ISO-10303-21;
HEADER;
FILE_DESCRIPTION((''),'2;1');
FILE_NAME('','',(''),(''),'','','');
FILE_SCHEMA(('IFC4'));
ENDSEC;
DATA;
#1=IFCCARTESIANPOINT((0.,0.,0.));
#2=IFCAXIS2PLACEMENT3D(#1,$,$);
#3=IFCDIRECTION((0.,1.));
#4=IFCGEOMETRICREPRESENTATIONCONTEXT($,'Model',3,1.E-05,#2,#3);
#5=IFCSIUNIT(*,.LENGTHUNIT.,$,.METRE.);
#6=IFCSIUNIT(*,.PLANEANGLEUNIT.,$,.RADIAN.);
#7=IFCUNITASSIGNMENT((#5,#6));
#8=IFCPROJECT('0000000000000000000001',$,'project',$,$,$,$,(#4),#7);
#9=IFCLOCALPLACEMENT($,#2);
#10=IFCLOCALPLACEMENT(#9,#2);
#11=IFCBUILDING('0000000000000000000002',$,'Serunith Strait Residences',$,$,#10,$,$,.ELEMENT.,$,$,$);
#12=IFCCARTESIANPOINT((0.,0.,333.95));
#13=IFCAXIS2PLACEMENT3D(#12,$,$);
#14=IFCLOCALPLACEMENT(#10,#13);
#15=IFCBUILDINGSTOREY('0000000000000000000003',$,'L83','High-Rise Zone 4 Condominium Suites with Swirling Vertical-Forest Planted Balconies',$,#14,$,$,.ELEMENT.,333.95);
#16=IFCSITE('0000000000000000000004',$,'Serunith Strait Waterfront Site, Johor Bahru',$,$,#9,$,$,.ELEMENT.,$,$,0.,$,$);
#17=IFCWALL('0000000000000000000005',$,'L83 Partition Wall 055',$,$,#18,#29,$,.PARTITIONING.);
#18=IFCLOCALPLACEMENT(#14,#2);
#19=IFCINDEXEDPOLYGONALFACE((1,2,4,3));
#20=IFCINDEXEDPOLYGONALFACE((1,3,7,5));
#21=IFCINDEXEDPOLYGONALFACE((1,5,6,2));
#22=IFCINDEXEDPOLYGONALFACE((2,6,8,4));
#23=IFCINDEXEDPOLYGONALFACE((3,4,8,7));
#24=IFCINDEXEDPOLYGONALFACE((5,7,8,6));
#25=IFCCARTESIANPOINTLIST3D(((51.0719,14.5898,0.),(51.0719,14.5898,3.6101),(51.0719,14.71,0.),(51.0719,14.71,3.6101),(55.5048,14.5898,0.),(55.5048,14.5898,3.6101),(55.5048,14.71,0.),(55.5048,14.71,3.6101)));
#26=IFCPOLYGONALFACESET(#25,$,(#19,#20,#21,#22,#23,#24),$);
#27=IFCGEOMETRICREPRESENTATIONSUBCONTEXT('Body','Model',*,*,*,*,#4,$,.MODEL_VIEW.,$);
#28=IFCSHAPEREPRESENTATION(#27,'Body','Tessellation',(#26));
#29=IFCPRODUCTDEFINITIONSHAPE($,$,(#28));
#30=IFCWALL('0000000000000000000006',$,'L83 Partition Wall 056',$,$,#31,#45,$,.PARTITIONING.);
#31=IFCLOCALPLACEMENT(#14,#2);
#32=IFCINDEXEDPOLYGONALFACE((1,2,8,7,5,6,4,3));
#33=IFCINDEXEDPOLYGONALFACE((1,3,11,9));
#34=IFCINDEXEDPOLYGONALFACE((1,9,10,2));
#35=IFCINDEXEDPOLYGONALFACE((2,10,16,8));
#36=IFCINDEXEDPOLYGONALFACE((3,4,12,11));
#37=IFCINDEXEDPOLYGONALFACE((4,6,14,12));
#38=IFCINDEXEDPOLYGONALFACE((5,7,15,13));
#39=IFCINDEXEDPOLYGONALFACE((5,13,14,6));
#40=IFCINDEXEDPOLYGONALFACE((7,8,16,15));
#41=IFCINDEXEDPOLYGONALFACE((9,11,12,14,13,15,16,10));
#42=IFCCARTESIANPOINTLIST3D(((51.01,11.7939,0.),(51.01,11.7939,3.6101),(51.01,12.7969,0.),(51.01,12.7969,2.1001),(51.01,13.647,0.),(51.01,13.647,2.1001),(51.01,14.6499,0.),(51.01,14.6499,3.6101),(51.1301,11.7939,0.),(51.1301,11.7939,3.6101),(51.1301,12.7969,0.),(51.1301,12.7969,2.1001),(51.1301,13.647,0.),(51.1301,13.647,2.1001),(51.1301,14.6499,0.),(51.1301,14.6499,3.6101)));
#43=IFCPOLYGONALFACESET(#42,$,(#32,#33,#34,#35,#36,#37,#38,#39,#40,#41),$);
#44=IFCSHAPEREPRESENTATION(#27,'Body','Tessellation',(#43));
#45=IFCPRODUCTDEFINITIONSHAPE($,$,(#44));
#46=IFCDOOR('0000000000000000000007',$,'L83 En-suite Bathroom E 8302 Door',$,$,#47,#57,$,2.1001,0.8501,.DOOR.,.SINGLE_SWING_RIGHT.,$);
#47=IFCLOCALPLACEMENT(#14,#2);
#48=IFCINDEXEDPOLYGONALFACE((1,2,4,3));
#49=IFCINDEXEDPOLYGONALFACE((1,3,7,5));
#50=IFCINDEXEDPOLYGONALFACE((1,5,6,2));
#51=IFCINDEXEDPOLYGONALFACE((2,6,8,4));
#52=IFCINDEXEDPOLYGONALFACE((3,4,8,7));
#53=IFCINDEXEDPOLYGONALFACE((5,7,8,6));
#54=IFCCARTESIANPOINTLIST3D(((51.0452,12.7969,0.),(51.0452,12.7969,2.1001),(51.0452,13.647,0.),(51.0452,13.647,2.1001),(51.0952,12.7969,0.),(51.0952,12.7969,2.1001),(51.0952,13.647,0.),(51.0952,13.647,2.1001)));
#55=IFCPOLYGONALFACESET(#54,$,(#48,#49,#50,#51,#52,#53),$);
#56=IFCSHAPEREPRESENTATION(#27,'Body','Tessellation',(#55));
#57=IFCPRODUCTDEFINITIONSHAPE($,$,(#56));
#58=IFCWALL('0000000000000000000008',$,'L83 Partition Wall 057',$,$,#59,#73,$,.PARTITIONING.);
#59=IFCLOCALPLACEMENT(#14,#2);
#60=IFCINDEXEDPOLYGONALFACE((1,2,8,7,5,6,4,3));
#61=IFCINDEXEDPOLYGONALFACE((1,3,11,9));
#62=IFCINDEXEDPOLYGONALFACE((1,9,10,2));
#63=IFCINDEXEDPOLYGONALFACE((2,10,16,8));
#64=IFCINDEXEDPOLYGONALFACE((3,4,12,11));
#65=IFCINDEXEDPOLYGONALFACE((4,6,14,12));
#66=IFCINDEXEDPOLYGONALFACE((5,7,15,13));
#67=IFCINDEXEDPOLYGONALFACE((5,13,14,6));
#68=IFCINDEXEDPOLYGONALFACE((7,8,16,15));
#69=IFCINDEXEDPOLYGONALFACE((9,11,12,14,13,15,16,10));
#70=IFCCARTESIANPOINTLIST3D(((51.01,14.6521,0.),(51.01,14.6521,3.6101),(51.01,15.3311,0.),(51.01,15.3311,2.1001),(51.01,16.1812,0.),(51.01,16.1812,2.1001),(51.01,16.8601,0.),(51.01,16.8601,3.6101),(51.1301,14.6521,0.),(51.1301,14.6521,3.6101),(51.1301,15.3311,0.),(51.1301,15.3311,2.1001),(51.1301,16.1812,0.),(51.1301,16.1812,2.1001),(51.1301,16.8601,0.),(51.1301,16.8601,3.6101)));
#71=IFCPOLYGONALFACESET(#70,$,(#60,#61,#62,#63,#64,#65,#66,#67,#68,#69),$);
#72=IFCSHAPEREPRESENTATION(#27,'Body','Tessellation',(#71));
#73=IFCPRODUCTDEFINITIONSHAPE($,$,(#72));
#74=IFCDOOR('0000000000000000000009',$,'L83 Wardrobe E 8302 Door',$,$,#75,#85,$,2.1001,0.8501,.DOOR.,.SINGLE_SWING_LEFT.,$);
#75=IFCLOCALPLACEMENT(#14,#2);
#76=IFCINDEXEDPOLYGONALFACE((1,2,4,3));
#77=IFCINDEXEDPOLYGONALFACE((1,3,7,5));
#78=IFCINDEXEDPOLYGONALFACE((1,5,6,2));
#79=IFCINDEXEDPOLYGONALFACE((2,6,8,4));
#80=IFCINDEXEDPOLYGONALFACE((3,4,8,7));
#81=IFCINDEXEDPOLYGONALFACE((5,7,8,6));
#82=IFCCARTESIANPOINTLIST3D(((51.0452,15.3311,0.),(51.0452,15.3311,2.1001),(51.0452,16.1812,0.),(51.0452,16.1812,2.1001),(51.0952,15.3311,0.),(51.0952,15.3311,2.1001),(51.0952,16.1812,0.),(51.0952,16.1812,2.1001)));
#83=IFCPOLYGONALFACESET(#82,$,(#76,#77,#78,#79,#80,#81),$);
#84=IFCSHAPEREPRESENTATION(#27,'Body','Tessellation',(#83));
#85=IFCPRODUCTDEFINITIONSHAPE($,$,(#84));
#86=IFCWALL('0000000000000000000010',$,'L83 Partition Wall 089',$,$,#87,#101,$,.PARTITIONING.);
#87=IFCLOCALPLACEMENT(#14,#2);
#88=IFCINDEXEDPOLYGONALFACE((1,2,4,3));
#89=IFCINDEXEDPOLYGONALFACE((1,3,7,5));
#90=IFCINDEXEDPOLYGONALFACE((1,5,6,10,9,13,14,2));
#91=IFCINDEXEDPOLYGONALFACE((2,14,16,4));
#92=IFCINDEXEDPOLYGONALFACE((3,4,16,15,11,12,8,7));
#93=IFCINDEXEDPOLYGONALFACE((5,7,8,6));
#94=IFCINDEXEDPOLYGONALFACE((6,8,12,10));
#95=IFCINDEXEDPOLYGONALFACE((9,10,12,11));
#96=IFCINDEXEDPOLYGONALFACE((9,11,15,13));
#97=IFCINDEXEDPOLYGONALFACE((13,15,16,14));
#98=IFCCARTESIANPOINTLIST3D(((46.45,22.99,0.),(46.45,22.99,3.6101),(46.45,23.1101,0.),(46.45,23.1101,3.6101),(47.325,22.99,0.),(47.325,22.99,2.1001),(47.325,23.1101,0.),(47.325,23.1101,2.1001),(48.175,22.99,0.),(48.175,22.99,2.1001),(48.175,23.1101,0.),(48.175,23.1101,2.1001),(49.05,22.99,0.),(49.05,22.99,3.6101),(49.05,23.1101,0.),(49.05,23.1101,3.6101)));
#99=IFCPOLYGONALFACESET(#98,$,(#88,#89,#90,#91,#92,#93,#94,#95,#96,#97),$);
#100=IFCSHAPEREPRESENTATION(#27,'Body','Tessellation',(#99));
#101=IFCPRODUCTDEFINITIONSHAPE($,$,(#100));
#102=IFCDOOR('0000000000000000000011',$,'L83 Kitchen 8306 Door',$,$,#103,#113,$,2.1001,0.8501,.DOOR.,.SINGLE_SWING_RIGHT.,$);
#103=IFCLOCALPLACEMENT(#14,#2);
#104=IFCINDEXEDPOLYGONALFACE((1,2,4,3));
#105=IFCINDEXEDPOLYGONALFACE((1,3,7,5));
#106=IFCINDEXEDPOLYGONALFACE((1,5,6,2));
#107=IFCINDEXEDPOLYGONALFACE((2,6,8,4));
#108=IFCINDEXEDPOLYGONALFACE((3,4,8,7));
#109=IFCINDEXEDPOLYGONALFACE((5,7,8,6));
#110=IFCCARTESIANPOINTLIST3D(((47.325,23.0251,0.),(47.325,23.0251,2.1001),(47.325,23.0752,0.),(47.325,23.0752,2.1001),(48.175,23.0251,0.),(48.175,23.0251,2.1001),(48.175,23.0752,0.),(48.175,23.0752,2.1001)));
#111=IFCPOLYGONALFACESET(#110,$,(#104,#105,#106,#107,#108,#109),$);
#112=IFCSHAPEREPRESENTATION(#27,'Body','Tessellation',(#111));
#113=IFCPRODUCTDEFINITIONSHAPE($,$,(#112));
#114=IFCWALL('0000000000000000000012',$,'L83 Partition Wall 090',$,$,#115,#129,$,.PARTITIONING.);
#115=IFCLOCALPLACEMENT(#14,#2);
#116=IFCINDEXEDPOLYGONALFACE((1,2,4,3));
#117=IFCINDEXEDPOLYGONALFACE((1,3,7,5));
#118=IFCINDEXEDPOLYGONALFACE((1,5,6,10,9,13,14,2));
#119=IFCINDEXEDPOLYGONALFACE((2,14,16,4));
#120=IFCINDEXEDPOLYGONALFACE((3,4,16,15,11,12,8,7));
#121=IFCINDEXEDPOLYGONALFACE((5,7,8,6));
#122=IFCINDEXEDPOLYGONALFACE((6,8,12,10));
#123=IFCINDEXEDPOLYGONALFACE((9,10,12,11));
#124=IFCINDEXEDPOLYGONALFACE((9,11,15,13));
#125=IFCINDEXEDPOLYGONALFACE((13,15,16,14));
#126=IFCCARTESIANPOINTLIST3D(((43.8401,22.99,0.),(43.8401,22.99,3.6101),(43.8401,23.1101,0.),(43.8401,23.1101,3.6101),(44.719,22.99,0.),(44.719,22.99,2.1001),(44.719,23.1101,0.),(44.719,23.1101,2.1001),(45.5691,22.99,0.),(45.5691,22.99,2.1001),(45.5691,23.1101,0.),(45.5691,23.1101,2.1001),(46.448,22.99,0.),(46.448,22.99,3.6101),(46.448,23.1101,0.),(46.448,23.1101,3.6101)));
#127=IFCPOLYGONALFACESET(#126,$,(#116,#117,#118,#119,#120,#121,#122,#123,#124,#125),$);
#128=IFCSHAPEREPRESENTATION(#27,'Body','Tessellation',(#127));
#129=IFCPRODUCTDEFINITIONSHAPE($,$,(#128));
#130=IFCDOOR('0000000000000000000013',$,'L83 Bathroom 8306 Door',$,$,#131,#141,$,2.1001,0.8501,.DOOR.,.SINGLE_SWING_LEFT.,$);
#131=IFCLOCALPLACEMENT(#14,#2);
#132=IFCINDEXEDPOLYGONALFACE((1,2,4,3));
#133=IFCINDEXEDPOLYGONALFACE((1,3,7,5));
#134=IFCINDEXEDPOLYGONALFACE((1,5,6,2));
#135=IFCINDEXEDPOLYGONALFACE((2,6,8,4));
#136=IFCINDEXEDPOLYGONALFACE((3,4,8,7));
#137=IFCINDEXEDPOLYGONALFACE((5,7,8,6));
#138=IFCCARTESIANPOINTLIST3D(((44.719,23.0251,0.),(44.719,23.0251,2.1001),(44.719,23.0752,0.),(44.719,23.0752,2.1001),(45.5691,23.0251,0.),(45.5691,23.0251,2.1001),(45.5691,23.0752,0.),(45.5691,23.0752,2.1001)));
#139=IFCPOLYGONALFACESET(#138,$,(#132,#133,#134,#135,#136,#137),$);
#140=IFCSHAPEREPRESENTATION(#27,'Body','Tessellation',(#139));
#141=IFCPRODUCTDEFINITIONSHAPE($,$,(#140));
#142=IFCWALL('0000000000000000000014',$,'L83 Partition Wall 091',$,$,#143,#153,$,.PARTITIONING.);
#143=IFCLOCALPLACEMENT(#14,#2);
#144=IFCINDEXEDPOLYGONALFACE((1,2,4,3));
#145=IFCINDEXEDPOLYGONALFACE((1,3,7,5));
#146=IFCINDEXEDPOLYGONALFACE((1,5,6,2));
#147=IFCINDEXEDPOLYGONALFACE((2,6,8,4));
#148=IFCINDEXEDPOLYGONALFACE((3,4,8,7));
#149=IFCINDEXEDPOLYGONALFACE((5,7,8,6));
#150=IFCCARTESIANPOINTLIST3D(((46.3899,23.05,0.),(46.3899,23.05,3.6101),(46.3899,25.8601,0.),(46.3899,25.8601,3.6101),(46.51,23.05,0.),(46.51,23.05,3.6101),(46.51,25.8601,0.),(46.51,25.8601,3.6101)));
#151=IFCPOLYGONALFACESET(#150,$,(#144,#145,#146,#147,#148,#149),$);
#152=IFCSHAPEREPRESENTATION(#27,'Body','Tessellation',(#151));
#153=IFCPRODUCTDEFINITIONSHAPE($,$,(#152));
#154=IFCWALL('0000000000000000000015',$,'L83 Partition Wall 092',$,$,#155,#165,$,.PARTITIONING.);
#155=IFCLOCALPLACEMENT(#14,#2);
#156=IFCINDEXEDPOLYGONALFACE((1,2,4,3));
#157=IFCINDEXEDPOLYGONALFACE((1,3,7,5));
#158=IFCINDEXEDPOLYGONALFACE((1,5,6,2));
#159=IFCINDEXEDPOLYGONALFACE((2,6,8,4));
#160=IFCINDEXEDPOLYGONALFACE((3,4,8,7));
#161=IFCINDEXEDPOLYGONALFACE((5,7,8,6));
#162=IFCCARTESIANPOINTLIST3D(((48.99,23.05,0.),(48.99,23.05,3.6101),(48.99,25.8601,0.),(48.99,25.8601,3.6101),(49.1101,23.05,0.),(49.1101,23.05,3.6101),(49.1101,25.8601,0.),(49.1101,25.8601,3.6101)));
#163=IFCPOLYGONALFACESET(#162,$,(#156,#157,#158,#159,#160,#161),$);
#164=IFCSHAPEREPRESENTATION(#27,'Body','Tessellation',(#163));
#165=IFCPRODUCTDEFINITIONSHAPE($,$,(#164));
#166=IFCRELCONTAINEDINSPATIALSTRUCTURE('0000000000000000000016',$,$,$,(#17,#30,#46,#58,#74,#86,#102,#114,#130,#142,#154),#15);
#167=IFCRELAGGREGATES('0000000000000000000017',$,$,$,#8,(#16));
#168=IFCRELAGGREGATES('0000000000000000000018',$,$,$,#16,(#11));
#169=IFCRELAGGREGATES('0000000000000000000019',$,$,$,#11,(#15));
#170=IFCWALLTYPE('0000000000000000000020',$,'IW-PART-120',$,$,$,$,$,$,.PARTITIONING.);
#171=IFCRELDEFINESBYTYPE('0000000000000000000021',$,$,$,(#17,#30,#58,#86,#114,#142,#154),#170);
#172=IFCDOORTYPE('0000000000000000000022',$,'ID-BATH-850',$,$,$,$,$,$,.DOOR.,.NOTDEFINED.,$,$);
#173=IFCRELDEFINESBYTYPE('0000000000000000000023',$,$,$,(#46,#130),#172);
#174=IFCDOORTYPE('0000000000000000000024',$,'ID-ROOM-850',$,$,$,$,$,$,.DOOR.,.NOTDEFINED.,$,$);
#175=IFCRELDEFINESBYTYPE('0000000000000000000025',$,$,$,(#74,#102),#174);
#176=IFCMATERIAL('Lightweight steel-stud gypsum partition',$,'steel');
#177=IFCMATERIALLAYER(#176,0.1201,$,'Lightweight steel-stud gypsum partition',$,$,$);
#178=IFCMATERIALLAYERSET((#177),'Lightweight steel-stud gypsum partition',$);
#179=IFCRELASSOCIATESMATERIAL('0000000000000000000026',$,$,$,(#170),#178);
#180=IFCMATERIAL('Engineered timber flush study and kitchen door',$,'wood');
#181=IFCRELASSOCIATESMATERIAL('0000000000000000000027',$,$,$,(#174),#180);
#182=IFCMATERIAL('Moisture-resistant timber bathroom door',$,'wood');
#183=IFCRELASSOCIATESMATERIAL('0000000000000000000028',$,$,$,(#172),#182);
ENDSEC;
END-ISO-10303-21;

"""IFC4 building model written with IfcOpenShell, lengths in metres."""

from ifc_helpers import new_model, si_unit, direction, frame, frame_2d, origin, place, context, subcontext, project, spatial, rectangle, extrude, source, transform, mapped, material, layer, layer_set, type_object, element, fill, save


model = new_model("IFC4")

# Units and contexts
model_context = context("Model", 3, precision=1e-05, world=origin(), true_north=direction((0.0, 1.0)))
body_context = subcontext(model_context, "Body", "Model", "MODEL_VIEW")
ifc_project = project(units=[si_unit("LENGTHUNIT", "METRE"), si_unit("PLANEANGLEUNIT", "RADIAN")], contexts=[model_context])

# Site, building, storey
site_placement = place(None, origin())
site = spatial("IfcSite", under=ifc_project, at=site_placement, Name="Serunith Strait Waterfront Site, Johor Bahru", CompositionType="ELEMENT", RefElevation=0.0)
building_placement = place(site_placement, origin())
building = spatial("IfcBuilding", under=site, at=building_placement, Name="Serunith Strait Residences", CompositionType="ELEMENT")
storey_placement = place(building_placement, frame((0.0, 0.0, 333.95)))
storey = spatial("IfcBuildingStorey", under=building, at=storey_placement, Name="L83", Description="High-Rise Zone 4 Condominium Suites with Swirling Vertical-Forest Planted Balconies", CompositionType="ELEMENT", Elevation=333.95)

# Shared definitions
ifc_material_1 = material(Name="Lightweight steel-stud gypsum partition", Category="steel")
ifc_layer_1 = layer(ifc_material_1, 0.1201, Name="Lightweight steel-stud gypsum partition")
ifc_layer_set_1 = layer_set([ifc_layer_1], Name="Lightweight steel-stud gypsum partition")
wall_type = type_object("IfcWallType", Name="IW-PART-120", PredefinedType="PARTITIONING", material=ifc_layer_set_1)
ifc_material_2 = material(Name="Engineered timber flush study and kitchen door", Category="wood")
door_type_1 = type_object("IfcDoorType", Name="ID-ROOM-850", OperationType="NOTDEFINED", PredefinedType="DOOR", material=ifc_material_2)
shared_shape_1 = source(origin(), body_context, "Body", "SweptSolid", [
    extrude(rectangle(XDim=0.8501, YDim=2.1001, at=frame_2d((0.425, 1.05))), frame((0.0, 0.0249, 0.0), z_axis=(0.0, -1.0, 0.0), x_axis=(1.0, 0.0, 0.0)), (0.0, 0.0, 1.0), 0.05),
])

# Wall
wall_1_placement = place(storey_placement, frame((51.072, 14.6499, 0.0), z_axis=(0.0, 0.0, 1.0), x_axis=(1.0, 0.0, 0.0)))
element("IfcWall", 1, at=wall_1_placement, inside=storey, type_object=wall_type, Name="L83 Partition Wall 055", PredefinedType="PARTITIONING", context=body_context, shape_type="SweptSolid", body=[
    extrude(rectangle(XDim=4.4329, YDim=0.1201, at=frame_2d((2.2163, 0.0))), origin(), (0.0, 0.0, 1.0), 3.6101),
])

# Walls, openings, doors
wall_2_placement = place(storey_placement, frame((51.0701, 11.7939, 0.0), z_axis=(0.0, 0.0, 1.0), x_axis=(0.0, 1.0, 0.0)))
wall_2 = element("IfcWall", 2, at=wall_2_placement, inside=storey, type_object=wall_type, Name="L83 Partition Wall 056", PredefinedType="PARTITIONING", context=body_context, shape_type="SweptSolid", body=[
    extrude(rectangle(XDim=2.856, YDim=0.1201, at=frame_2d((1.428, 0.0))), origin(), (0.0, 0.0, 1.0), 3.6101),
])
opening_1_placement = place(wall_2_placement, frame((1.0029, 0.0, 0.0)))
opening_1 = element("IfcOpeningElement", 3, at=opening_1_placement, cuts=wall_2, PredefinedType="OPENING", context=body_context, shape_type="SweptSolid", body=[
    extrude(rectangle(XDim=0.8501, YDim=2.1001, at=frame_2d((0.425, 1.05))), frame((0.0, 0.0701, 0.0), z_axis=(0.0, -1.0, 0.0), x_axis=(1.0, 0.0, 0.0)), (0.0, 0.0, 1.0), 0.1401),
])
ifc_material_3 = material(Name="Moisture-resistant timber bathroom door", Category="wood")
door_type_2 = type_object("IfcDoorType", Name="ID-BATH-850", OperationType="NOTDEFINED", PredefinedType="DOOR", material=ifc_material_3)
door_1_placement = place(opening_1_placement, origin())
door_1 = element("IfcDoor", 4, at=door_1_placement, inside=storey, type_object=door_type_2, Name="L83 En-suite Bathroom E 8302 Door", OperationType="SINGLE_SWING_RIGHT", OverallHeight=2.1001, OverallWidth=0.8501, PredefinedType="DOOR", context=body_context, shape_type="MappedRepresentation", body=[
    mapped(shared_shape_1, transform((0.0, 0.0, 0.0), scale=1.0)),
])
fill(opening_1, door_1)
wall_3_placement = place(storey_placement, frame((51.0701, 14.6521, 0.0), z_axis=(0.0, 0.0, 1.0), x_axis=(0.0, 1.0, 0.0)))
wall_3 = element("IfcWall", 5, at=wall_3_placement, inside=storey, type_object=wall_type, Name="L83 Partition Wall 057", PredefinedType="PARTITIONING", context=body_context, shape_type="SweptSolid", body=[
    extrude(rectangle(XDim=2.208, YDim=0.1201, at=frame_2d((1.104, 0.0))), origin(), (0.0, 0.0, 1.0), 3.6101),
])
opening_2_placement = place(wall_3_placement, frame((0.679, 0.0, 0.0)))
opening_2 = element("IfcOpeningElement", 6, at=opening_2_placement, cuts=wall_3, PredefinedType="OPENING", context=body_context, shape_type="SweptSolid", body=[
    extrude(rectangle(XDim=0.8501, YDim=2.1001, at=frame_2d((0.425, 1.05))), frame((0.0, 0.0701, 0.0), z_axis=(0.0, -1.0, 0.0), x_axis=(1.0, 0.0, 0.0)), (0.0, 0.0, 1.0), 0.1401),
])
door_2_placement = place(opening_2_placement, origin())
door_2 = element("IfcDoor", 7, at=door_2_placement, inside=storey, type_object=door_type_1, Name="L83 Wardrobe E 8302 Door", OperationType="SINGLE_SWING_LEFT", OverallHeight=2.1001, OverallWidth=0.8501, PredefinedType="DOOR", context=body_context, shape_type="MappedRepresentation", body=[
    mapped(shared_shape_1, transform((0.0, 0.0, 0.0), scale=1.0)),
])
fill(opening_2, door_2)
wall_4_placement = place(storey_placement, frame((49.05, 23.05, 0.0), z_axis=(0.0, 0.0, 1.0), x_axis=(-1.0, 0.0, 0.0)))
wall_4 = element("IfcWall", 8, at=wall_4_placement, inside=storey, type_object=wall_type, Name="L83 Partition Wall 089", PredefinedType="PARTITIONING", context=body_context, shape_type="SweptSolid", body=[
    extrude(rectangle(XDim=2.6001, YDim=0.1201, at=frame_2d((1.3, 0.0))), origin(), (0.0, 0.0, 1.0), 3.6101),
])
opening_3_placement = place(wall_4_placement, frame((0.875, 0.0, 0.0)))
opening_3 = element("IfcOpeningElement", 9, at=opening_3_placement, cuts=wall_4, PredefinedType="OPENING", context=body_context, shape_type="SweptSolid", body=[
    extrude(rectangle(XDim=0.8501, YDim=2.1001, at=frame_2d((0.425, 1.05))), frame((0.0, 0.0701, 0.0), z_axis=(0.0, -1.0, 0.0), x_axis=(1.0, 0.0, 0.0)), (0.0, 0.0, 1.0), 0.1401),
])
door_3_placement = place(opening_3_placement, origin())
door_3 = element("IfcDoor", 10, at=door_3_placement, inside=storey, type_object=door_type_1, Name="L83 Kitchen 8306 Door", OperationType="SINGLE_SWING_RIGHT", OverallHeight=2.1001, OverallWidth=0.8501, PredefinedType="DOOR", context=body_context, shape_type="MappedRepresentation", body=[
    mapped(shared_shape_1, transform((0.0, 0.0, 0.0), scale=1.0)),
])
fill(opening_3, door_3)
wall_5_placement = place(storey_placement, frame((46.448, 23.05, 0.0), z_axis=(0.0, 0.0, 1.0), x_axis=(-1.0, 0.0, 0.0)))
wall_5 = element("IfcWall", 11, at=wall_5_placement, inside=storey, type_object=wall_type, Name="L83 Partition Wall 090", PredefinedType="PARTITIONING", context=body_context, shape_type="SweptSolid", body=[
    extrude(rectangle(XDim=2.6079, YDim=0.1201, at=frame_2d((1.304, 0.0))), origin(), (0.0, 0.0, 1.0), 3.6101),
])
opening_4_placement = place(wall_5_placement, frame((0.8789, 0.0, 0.0)))
opening_4 = element("IfcOpeningElement", 12, at=opening_4_placement, cuts=wall_5, PredefinedType="OPENING", context=body_context, shape_type="SweptSolid", body=[
    extrude(rectangle(XDim=0.8501, YDim=2.1001, at=frame_2d((0.425, 1.05))), frame((0.0, 0.0701, 0.0), z_axis=(0.0, -1.0, 0.0), x_axis=(1.0, 0.0, 0.0)), (0.0, 0.0, 1.0), 0.1401),
])
door_4_placement = place(opening_4_placement, origin())
door_4 = element("IfcDoor", 13, at=door_4_placement, inside=storey, type_object=door_type_2, Name="L83 Bathroom 8306 Door", OperationType="SINGLE_SWING_LEFT", OverallHeight=2.1001, OverallWidth=0.8501, PredefinedType="DOOR", context=body_context, shape_type="MappedRepresentation", body=[
    mapped(shared_shape_1, transform((0.0, 0.0, 0.0), scale=1.0)),
])
fill(opening_4, door_4)

# Walls
for number, where, z_axis, x_axis, name in (
    (14, (46.45, 23.05, 0.0), (0.0, 0.0, 1.0), (0.0, 1.0, 0.0), "L83 Partition Wall 091"),
    (15, (49.05, 23.05, 0.0), (0.0, 0.0, 1.0), (0.0, 1.0, 0.0), "L83 Partition Wall 092"),
):
    element("IfcWall", number, at=place(storey_placement, frame(where, z_axis=z_axis, x_axis=x_axis)), inside=storey, type_object=wall_type, Name=name, PredefinedType="PARTITIONING", context=body_context, shape_type="SweptSolid", body=[
        extrude(rectangle(XDim=2.8101, YDim=0.1201, at=frame_2d((1.405, 0.0))), origin(), (0.0, 0.0, 1.0), 3.6101),
    ])

save(model, "model.ifc")
